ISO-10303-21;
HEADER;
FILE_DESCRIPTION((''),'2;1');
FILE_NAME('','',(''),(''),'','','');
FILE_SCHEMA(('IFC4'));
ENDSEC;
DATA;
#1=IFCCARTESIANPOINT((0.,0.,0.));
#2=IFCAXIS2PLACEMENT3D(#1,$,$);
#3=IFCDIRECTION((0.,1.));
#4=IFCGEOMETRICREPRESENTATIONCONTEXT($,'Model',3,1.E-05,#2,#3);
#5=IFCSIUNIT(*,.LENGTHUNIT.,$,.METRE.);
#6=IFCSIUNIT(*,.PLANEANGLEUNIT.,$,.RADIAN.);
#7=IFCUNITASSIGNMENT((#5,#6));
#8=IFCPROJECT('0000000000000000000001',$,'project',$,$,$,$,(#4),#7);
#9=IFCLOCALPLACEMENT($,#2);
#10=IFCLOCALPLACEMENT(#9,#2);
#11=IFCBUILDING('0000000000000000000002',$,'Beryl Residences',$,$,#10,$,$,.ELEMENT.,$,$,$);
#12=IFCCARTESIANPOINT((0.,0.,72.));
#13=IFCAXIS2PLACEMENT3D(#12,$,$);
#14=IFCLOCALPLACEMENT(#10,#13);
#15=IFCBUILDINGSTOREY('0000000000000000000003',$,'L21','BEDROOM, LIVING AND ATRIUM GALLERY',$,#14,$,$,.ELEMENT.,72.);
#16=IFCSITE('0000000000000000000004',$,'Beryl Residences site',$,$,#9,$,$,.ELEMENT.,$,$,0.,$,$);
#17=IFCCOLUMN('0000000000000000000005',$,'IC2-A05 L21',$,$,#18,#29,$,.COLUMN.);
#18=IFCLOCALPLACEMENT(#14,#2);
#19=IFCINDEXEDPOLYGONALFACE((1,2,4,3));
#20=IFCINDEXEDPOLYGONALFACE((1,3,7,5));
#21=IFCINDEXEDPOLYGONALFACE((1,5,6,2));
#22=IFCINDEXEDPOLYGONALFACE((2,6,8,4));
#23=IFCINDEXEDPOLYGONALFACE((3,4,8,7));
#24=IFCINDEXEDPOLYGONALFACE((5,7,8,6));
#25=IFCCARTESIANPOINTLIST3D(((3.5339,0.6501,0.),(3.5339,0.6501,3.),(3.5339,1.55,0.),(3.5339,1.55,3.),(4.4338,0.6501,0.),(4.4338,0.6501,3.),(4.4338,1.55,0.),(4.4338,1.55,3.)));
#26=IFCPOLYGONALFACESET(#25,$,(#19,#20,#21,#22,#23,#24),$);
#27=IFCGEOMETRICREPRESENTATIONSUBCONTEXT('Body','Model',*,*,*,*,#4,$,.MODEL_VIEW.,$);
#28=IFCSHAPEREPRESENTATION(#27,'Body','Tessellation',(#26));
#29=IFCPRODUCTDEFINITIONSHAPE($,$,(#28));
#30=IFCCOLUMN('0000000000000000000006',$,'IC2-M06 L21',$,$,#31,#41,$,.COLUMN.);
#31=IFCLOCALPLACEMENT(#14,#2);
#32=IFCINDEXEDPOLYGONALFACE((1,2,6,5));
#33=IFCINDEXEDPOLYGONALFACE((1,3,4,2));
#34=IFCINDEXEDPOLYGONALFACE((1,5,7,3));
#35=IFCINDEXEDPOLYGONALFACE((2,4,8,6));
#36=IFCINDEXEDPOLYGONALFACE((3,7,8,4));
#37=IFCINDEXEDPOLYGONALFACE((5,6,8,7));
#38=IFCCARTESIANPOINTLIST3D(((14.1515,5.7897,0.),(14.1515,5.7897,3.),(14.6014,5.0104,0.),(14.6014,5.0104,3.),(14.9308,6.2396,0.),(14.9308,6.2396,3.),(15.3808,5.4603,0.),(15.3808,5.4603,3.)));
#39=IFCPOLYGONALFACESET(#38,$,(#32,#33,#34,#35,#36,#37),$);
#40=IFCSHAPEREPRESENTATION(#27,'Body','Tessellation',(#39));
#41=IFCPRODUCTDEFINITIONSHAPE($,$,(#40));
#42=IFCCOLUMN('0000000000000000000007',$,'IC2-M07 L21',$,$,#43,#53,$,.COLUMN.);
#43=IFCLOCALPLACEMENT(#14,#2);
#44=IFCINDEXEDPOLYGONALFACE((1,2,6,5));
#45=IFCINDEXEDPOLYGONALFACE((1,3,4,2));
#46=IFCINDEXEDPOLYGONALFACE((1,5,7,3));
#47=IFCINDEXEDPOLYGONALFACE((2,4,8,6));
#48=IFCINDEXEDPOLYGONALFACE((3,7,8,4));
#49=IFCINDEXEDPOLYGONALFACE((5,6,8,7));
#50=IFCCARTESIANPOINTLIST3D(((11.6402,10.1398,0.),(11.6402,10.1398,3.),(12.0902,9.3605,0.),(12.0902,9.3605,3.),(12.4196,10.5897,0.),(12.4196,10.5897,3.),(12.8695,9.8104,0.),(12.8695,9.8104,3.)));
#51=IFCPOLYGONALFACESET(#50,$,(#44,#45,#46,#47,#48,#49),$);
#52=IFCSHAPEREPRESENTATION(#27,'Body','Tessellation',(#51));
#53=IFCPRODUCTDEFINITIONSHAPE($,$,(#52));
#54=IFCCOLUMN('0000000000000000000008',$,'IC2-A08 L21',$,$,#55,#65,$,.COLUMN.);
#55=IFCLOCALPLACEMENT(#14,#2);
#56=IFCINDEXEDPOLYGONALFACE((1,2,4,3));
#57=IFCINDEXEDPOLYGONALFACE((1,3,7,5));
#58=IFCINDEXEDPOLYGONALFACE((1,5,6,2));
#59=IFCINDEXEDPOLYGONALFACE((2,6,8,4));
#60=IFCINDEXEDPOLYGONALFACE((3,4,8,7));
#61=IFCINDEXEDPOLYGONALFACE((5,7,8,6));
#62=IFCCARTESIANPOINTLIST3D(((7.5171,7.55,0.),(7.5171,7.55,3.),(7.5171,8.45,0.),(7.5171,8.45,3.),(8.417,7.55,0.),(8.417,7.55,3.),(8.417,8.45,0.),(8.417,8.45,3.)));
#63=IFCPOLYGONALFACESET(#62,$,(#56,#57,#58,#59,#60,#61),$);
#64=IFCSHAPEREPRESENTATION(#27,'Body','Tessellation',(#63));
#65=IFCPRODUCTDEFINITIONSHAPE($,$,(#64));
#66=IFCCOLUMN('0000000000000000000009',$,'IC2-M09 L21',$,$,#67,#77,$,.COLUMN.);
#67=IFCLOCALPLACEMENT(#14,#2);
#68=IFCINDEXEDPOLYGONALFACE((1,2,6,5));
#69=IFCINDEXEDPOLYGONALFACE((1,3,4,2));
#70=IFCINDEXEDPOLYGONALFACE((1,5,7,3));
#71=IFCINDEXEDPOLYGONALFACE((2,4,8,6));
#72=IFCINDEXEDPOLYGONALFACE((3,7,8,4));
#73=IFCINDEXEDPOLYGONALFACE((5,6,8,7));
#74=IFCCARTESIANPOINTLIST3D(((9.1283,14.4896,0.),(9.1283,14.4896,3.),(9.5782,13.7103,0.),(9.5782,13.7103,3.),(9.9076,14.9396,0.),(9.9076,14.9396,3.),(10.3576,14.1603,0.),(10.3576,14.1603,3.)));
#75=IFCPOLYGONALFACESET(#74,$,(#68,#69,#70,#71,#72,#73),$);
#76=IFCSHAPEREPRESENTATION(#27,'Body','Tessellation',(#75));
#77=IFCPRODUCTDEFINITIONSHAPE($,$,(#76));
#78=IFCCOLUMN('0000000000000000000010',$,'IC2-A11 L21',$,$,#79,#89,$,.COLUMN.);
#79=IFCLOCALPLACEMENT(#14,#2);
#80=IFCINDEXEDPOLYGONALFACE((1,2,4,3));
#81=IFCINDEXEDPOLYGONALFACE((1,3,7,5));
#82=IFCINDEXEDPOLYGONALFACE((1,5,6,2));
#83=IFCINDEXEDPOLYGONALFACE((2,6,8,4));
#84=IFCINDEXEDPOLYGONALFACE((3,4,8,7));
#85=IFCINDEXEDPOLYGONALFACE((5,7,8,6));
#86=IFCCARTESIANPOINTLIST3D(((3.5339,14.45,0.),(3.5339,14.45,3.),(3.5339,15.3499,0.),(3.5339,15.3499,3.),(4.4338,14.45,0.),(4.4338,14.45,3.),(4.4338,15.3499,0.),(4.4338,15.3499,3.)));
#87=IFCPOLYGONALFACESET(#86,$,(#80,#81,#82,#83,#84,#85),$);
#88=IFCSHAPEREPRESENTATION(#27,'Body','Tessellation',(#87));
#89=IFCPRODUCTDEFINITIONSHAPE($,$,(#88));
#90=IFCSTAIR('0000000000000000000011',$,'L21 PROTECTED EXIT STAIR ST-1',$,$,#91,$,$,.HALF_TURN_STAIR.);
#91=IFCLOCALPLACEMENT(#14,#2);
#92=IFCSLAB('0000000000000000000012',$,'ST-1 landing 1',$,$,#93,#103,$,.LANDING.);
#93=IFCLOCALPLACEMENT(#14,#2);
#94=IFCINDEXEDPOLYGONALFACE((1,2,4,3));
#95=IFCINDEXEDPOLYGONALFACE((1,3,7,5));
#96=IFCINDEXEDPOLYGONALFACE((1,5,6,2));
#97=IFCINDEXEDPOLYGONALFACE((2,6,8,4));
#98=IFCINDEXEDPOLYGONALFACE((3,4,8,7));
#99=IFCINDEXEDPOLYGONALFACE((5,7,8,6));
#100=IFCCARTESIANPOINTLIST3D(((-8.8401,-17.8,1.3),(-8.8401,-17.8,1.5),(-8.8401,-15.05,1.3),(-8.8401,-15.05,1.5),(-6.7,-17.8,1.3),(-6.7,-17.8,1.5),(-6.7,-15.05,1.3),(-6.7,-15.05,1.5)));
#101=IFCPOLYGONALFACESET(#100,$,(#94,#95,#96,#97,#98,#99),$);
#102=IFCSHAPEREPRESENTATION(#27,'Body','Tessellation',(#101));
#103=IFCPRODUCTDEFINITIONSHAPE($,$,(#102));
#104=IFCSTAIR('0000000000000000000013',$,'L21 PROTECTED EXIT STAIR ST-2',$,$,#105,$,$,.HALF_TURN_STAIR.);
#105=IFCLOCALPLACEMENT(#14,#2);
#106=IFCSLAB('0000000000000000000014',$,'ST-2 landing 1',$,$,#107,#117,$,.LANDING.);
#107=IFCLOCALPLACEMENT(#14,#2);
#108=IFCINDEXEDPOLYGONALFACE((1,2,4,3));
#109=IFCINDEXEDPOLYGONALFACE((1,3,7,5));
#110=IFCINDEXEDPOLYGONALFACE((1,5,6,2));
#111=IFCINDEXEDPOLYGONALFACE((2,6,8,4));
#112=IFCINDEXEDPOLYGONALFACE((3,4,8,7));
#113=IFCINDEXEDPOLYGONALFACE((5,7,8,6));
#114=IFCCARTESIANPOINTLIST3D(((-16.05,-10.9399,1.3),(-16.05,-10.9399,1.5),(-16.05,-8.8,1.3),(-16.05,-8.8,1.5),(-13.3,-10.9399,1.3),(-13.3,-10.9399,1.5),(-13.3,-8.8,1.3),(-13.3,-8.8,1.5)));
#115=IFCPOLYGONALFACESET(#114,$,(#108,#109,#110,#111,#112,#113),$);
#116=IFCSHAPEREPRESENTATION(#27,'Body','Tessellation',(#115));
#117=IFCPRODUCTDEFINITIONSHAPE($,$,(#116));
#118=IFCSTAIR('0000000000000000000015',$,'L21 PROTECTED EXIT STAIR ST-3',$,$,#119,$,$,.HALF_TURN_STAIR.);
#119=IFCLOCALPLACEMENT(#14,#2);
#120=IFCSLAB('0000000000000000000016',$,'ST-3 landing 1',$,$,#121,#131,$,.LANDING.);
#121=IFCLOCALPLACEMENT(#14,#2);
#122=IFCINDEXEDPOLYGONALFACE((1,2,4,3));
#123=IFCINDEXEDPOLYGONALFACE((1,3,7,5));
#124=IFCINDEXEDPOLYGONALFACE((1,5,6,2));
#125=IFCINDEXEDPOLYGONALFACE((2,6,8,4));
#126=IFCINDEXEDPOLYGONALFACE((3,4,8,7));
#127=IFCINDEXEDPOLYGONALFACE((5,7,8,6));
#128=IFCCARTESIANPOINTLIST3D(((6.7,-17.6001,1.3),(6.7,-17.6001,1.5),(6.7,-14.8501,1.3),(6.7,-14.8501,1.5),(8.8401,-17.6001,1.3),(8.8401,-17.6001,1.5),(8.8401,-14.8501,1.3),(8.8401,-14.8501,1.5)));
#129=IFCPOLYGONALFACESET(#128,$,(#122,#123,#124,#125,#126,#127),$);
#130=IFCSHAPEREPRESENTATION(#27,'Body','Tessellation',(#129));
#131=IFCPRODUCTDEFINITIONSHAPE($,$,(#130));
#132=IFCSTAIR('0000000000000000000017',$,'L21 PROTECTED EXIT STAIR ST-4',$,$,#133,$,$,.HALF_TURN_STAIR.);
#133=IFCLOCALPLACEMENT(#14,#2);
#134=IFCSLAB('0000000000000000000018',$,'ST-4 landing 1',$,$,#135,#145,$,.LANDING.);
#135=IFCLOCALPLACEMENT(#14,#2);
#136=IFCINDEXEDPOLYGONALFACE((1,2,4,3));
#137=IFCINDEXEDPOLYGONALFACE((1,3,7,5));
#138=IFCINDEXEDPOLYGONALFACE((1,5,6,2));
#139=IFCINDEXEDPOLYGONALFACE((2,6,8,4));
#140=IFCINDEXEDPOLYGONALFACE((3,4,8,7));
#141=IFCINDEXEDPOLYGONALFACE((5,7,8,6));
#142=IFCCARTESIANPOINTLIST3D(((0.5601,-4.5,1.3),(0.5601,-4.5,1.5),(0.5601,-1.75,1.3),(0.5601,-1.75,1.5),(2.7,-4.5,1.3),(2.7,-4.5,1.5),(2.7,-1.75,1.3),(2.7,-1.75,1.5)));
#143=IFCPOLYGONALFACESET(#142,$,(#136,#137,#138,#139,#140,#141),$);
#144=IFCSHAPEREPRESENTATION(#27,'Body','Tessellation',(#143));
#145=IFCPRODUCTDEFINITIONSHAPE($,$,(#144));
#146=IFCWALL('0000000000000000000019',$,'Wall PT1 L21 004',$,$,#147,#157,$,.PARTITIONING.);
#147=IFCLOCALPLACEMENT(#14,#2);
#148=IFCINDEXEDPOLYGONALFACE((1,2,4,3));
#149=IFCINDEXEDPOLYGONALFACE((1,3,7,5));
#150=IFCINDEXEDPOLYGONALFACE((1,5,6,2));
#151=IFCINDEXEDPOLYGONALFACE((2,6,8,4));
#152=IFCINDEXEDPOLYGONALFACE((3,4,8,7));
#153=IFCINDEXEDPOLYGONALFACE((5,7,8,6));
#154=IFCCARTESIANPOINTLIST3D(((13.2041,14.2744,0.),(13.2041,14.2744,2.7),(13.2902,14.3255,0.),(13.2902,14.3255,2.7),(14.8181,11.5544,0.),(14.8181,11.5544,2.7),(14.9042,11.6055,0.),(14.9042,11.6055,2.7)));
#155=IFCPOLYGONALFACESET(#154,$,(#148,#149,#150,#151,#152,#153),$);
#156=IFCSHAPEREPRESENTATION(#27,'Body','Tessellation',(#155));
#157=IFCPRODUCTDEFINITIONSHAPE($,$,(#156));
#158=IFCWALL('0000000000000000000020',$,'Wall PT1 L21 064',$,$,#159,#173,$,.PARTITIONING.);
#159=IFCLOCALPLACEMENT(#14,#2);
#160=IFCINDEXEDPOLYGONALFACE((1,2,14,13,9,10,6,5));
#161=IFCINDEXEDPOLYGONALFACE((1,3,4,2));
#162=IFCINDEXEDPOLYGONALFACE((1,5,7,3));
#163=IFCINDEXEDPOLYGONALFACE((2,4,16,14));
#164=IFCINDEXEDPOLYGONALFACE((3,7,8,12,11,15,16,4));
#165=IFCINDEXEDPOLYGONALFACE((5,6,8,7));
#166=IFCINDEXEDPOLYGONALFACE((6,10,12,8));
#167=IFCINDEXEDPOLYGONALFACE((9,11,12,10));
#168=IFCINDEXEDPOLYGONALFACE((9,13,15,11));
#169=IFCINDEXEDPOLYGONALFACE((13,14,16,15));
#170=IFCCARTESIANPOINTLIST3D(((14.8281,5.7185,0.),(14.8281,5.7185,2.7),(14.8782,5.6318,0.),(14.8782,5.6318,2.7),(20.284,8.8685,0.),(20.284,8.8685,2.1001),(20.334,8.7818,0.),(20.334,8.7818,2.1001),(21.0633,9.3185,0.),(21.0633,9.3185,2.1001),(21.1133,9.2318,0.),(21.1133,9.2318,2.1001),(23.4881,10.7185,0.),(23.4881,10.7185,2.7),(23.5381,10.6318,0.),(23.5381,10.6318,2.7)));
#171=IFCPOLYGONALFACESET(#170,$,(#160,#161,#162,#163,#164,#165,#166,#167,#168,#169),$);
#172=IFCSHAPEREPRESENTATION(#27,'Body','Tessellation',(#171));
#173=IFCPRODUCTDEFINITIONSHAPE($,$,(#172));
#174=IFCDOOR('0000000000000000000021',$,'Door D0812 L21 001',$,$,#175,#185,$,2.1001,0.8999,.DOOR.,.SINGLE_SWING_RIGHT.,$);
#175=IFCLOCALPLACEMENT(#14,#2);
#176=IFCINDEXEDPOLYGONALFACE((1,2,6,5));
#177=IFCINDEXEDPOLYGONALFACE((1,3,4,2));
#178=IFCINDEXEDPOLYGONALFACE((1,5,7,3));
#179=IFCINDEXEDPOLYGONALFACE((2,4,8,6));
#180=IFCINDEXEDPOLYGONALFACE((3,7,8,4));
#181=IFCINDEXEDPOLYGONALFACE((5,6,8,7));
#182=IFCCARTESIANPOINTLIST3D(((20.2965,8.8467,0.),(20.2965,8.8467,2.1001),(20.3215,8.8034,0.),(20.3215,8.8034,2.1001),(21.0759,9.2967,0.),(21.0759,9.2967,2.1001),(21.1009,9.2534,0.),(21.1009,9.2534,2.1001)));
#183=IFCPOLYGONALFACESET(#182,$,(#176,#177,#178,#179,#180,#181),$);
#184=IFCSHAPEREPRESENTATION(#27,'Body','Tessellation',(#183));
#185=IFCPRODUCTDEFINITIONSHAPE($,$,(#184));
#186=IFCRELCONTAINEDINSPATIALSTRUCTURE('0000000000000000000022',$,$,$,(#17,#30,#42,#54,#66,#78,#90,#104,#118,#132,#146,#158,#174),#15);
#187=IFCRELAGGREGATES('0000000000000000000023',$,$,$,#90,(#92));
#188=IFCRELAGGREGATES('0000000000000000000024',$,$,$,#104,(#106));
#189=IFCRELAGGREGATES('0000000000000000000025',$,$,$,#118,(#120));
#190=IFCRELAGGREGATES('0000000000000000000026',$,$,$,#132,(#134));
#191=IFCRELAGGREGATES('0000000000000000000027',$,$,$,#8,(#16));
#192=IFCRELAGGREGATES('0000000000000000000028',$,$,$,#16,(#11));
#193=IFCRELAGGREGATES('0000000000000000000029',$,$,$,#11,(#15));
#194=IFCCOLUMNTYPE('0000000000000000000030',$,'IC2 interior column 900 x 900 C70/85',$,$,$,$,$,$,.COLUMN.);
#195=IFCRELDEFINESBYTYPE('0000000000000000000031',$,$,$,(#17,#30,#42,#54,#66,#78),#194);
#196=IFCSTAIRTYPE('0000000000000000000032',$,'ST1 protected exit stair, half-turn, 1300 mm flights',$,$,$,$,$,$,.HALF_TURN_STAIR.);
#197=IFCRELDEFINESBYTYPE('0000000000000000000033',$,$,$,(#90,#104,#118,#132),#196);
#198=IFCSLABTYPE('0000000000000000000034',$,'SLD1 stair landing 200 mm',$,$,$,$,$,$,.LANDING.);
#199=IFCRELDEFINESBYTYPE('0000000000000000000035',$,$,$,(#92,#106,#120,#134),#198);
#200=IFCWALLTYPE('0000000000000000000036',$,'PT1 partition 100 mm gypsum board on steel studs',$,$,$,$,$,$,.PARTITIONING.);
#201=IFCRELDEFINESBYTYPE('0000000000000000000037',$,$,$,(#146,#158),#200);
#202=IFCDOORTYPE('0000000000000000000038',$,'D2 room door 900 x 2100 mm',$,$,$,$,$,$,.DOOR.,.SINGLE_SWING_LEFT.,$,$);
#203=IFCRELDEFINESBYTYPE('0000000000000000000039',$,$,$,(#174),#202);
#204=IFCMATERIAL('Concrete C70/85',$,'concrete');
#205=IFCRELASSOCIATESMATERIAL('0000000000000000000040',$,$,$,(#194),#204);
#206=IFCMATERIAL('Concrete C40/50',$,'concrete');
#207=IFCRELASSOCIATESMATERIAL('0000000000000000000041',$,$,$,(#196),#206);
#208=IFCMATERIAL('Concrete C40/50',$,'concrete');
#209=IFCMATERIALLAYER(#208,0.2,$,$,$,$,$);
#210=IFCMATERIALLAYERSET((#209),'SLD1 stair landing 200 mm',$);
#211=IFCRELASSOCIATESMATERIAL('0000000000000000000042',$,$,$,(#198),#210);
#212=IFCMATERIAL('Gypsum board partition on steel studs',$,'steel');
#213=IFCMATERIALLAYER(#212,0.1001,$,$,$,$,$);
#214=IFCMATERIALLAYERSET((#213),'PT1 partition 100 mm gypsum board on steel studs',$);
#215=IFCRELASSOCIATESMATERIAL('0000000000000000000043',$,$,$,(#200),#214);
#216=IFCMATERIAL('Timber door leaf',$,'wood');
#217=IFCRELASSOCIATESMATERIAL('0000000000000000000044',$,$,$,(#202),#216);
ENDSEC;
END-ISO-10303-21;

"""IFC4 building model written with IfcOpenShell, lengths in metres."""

from ifc_helpers import new_model, si_unit, direction, frame, frame_2d, origin, origin_2d, place, context, subcontext, project, spatial, polyline, rectangle, outline, extrude, material, layer, layer_set, material_profile, profile_set, type_object, element, fill, aggregate, save


model = new_model("IFC4")

# Units and contexts
model_context = context("Model", 3, precision=1e-05, world=origin(), true_north=direction((0.0, 1.0)))
body_context = subcontext(model_context, "Body", "Model", "MODEL_VIEW")
ifc_project = project(units=[si_unit("LENGTHUNIT", "METRE"), si_unit("PLANEANGLEUNIT", "RADIAN")], contexts=[model_context])

# Site, building, storey
site_placement = place(None, origin())
site = spatial("IfcSite", under=ifc_project, at=site_placement, Name="Beryl Residences site", CompositionType="ELEMENT", RefElevation=0.0)
building_placement = place(site_placement, origin())
building = spatial("IfcBuilding", under=site, at=building_placement, Name="Beryl Residences", CompositionType="ELEMENT")
storey_placement = place(building_placement, frame((0.0, 0.0, 72.0)))
storey = spatial("IfcBuildingStorey", under=building, at=storey_placement, Name="L21", Description="BEDROOM, LIVING AND ATRIUM GALLERY", CompositionType="ELEMENT", Elevation=72.0)

# Columns
ifc_material_1 = material(Name="Concrete C70/85", Category="concrete")
ifc_material_profile = material_profile(ifc_material_1, rectangle(XDim=0.8999, YDim=0.8999, at=origin_2d()))
ifc_profile_set = profile_set([ifc_material_profile], Name="Concrete C70/85")
column_type = type_object("IfcColumnType", Name="IC2 interior column 900 x 900 C70/85", PredefinedType="COLUMN", material=ifc_profile_set)
for number, where, z_axis, x_axis, name in (
    (1, (3.9839, 1.1001, 0.0), (0.0, 0.0, 1.0), (1.0, 0.0, 0.0), "IC2-A05 L21"),
    (2, (14.7661, 5.625, 0.0), (0.0, 0.0, 1.0), (-0.5, 0.866025, 0.0), "IC2-M06 L21"),
    (3, (12.2549, 9.9751, 0.0), (0.0, 0.0, 1.0), (-0.5, 0.866025, 0.0), "IC2-M07 L21"),
    (4, (7.967, 8.0, 0.0), (0.0, 0.0, 1.0), (1.0, 0.0, 0.0), "IC2-A08 L21"),
    (5, (9.7429, 14.325, 0.0), (0.0, 0.0, 1.0), (-0.5, 0.866025, 0.0), "IC2-M09 L21"),
    (6, (3.9839, 14.8999, 0.0), (0.0, 0.0, 1.0), (1.0, 0.0, 0.0), "IC2-A11 L21"),
):
    element("IfcColumn", number, at=place(storey_placement, frame(where, z_axis=z_axis, x_axis=x_axis)), inside=storey, type_object=column_type, Name=name, PredefinedType="COLUMN", context=body_context, shape_type="SweptSolid", body=[
        extrude(rectangle(XDim=0.8999, YDim=0.8999, at=origin_2d()), origin(), (0.0, 0.0, 1.0), 3.0),
    ])

# Stairs, slabs
ifc_material_2 = material(Name="Concrete C40/50", Category="concrete")
stair_type = type_object("IfcStairType", Name="ST1 protected exit stair, half-turn, 1300 mm flights", PredefinedType="HALF_TURN_STAIR", material=ifc_material_2)
stair_1_placement = place(storey_placement, origin())
stair_1 = element("IfcStair", 7, at=stair_1_placement, inside=storey, type_object=stair_type, Name="L21 PROTECTED EXIT STAIR ST-1", PredefinedType="HALF_TURN_STAIR")
ifc_material_3 = material(Name="Concrete C40/50", Category="concrete")
ifc_layer_1 = layer(ifc_material_3, 0.2)
ifc_layer_set_1 = layer_set([ifc_layer_1], Name="SLD1 stair landing 200 mm")
slab_type_1 = type_object("IfcSlabType", Name="SLD1 stair landing 200 mm", PredefinedType="LANDING", material=ifc_layer_set_1)
slab_1_placement = place(storey_placement, frame((0.0, 0.0, 1.3)))
slab_1 = element("IfcSlab", 8, at=slab_1_placement, type_object=slab_type_1, Name="ST-1 landing 1", PredefinedType="LANDING", context=body_context, shape_type="SweptSolid", body=[
    extrude(outline(polyline([(-8.8401, -17.8), (-6.7, -17.8), (-6.7, -15.05), (-8.8401, -15.05), (-8.8401, -17.8)])), origin(), (0.0, 0.0, 1.0), 0.2),
])
aggregate(stair_1, [slab_1])
stair_2_placement = place(storey_placement, origin())
stair_2 = element("IfcStair", 9, at=stair_2_placement, inside=storey, type_object=stair_type, Name="L21 PROTECTED EXIT STAIR ST-2", PredefinedType="HALF_TURN_STAIR")
slab_2_placement = place(storey_placement, frame((0.0, 0.0, 1.3)))
slab_2 = element("IfcSlab", 10, at=slab_2_placement, type_object=slab_type_1, Name="ST-2 landing 1", PredefinedType="LANDING", context=body_context, shape_type="SweptSolid", body=[
    extrude(outline(polyline([(-13.3, -10.9399), (-13.3, -8.8), (-16.05, -8.8), (-16.05, -10.9399), (-13.3, -10.9399)])), origin(), (0.0, 0.0, 1.0), 0.2),
])
aggregate(stair_2, [slab_2])
stair_3_placement = place(storey_placement, origin())
stair_3 = element("IfcStair", 11, at=stair_3_placement, inside=storey, type_object=stair_type, Name="L21 PROTECTED EXIT STAIR ST-3", PredefinedType="HALF_TURN_STAIR")
slab_3_placement = place(storey_placement, frame((0.0, 0.0, 1.3)))
slab_3 = element("IfcSlab", 12, at=slab_3_placement, type_object=slab_type_1, Name="ST-3 landing 1", PredefinedType="LANDING", context=body_context, shape_type="SweptSolid", body=[
    extrude(outline(polyline([(8.8401, -14.8501), (6.7, -14.8501), (6.7, -17.6001), (8.8401, -17.6001), (8.8401, -14.8501)])), origin(), (0.0, 0.0, 1.0), 0.2),
])
aggregate(stair_3, [slab_3])
stair_4_placement = place(storey_placement, origin())
stair_4 = element("IfcStair", 13, at=stair_4_placement, inside=storey, type_object=stair_type, Name="L21 PROTECTED EXIT STAIR ST-4", PredefinedType="HALF_TURN_STAIR")
slab_4_placement = place(storey_placement, frame((0.0, 0.0, 1.3)))
slab_4 = element("IfcSlab", 14, at=slab_4_placement, type_object=slab_type_1, Name="ST-4 landing 1", PredefinedType="LANDING", context=body_context, shape_type="SweptSolid", body=[
    extrude(outline(polyline([(0.5601, -4.5), (2.7, -4.5), (2.7, -1.75), (0.5601, -1.75), (0.5601, -4.5)])), origin(), (0.0, 0.0, 1.0), 0.2),
])
aggregate(stair_4, [slab_4])

# Wall
ifc_material_4 = material(Name="Gypsum board partition on steel studs", Category="steel")
ifc_layer_2 = layer(ifc_material_4, 0.1001)
ifc_layer_set_2 = layer_set([ifc_layer_2], Name="PT1 partition 100 mm gypsum board on steel studs")
wall_type_1 = type_object("IfcWallType", Name="PT1 partition 100 mm gypsum board on steel studs", PredefinedType="PARTITIONING", material=ifc_layer_set_2)
wall_1_placement = place(storey_placement, frame((13.2471, 14.3, 0.0), z_axis=(0.0, 0.0, 1.0), x_axis=(0.510312, -0.859989, 0.0)))
element("IfcWall", 15, at=wall_1_placement, inside=storey, type_object=wall_type_1, Name="Wall PT1 L21 004", PredefinedType="PARTITIONING", context=body_context, shape_type="SweptSolid", body=[
    extrude(rectangle(XDim=3.1628, YDim=0.1001, at=frame_2d((1.5815, 0.0))), origin(), (0.0, 0.0, 1.0), 2.7),
])

# Wall, opening, door
wall_2_placement = place(storey_placement, frame((14.853, 5.675, 0.0), z_axis=(0.0, 0.0, 1.0), x_axis=(0.866017, 0.500015, 0.0)))
wall_2 = element("IfcWall", 16, at=wall_2_placement, inside=storey, type_object=wall_type_1, Name="Wall PT1 L21 064", PredefinedType="PARTITIONING", context=body_context, shape_type="SweptSolid", body=[
    extrude(rectangle(XDim=9.9998, YDim=0.1001, at=frame_2d((5.0, 0.0))), origin(), (0.0, 0.0, 1.0), 2.7),
])
opening_1_placement = place(wall_2_placement, frame((6.3, 0.0, 0.0)))
opening_1 = element("IfcOpeningElement", 17, at=opening_1_placement, cuts=wall_2, PredefinedType="OPENING", context=body_context, shape_type="SweptSolid", body=[
    extrude(rectangle(XDim=0.8999, YDim=2.1001, at=frame_2d((0.45, 1.05))), frame((0.0, 0.0601, 0.0), z_axis=(0.0, -1.0, 0.0), x_axis=(1.0, 0.0, 0.0)), (0.0, 0.0, 1.0), 0.1201),
])
ifc_material_5 = material(Name="Timber door leaf", Category="wood")
door_type_1 = type_object("IfcDoorType", Name="D2 room door 900 x 2100 mm", OperationType="SINGLE_SWING_LEFT", PredefinedType="DOOR", material=ifc_material_5)
door_1_placement = place(opening_1_placement, origin())
door_1 = element("IfcDoor", 18, at=door_1_placement, inside=storey, type_object=door_type_1, Name="Door D0812 L21 001", OperationType="SINGLE_SWING_RIGHT", OverallHeight=2.1001, OverallWidth=0.8999, PredefinedType="DOOR", context=body_context, shape_type="SweptSolid", body=[
    extrude(rectangle(XDim=0.8999, YDim=2.1001, at=frame_2d((0.45, 1.05))), frame((0.0, 0.0249, 0.0), z_axis=(0.0, -1.0, 0.0), x_axis=(1.0, 0.0, 0.0)), (0.0, 0.0, 1.0), 0.05),
])
fill(opening_1, door_1)

save(model, "model.ifc")
